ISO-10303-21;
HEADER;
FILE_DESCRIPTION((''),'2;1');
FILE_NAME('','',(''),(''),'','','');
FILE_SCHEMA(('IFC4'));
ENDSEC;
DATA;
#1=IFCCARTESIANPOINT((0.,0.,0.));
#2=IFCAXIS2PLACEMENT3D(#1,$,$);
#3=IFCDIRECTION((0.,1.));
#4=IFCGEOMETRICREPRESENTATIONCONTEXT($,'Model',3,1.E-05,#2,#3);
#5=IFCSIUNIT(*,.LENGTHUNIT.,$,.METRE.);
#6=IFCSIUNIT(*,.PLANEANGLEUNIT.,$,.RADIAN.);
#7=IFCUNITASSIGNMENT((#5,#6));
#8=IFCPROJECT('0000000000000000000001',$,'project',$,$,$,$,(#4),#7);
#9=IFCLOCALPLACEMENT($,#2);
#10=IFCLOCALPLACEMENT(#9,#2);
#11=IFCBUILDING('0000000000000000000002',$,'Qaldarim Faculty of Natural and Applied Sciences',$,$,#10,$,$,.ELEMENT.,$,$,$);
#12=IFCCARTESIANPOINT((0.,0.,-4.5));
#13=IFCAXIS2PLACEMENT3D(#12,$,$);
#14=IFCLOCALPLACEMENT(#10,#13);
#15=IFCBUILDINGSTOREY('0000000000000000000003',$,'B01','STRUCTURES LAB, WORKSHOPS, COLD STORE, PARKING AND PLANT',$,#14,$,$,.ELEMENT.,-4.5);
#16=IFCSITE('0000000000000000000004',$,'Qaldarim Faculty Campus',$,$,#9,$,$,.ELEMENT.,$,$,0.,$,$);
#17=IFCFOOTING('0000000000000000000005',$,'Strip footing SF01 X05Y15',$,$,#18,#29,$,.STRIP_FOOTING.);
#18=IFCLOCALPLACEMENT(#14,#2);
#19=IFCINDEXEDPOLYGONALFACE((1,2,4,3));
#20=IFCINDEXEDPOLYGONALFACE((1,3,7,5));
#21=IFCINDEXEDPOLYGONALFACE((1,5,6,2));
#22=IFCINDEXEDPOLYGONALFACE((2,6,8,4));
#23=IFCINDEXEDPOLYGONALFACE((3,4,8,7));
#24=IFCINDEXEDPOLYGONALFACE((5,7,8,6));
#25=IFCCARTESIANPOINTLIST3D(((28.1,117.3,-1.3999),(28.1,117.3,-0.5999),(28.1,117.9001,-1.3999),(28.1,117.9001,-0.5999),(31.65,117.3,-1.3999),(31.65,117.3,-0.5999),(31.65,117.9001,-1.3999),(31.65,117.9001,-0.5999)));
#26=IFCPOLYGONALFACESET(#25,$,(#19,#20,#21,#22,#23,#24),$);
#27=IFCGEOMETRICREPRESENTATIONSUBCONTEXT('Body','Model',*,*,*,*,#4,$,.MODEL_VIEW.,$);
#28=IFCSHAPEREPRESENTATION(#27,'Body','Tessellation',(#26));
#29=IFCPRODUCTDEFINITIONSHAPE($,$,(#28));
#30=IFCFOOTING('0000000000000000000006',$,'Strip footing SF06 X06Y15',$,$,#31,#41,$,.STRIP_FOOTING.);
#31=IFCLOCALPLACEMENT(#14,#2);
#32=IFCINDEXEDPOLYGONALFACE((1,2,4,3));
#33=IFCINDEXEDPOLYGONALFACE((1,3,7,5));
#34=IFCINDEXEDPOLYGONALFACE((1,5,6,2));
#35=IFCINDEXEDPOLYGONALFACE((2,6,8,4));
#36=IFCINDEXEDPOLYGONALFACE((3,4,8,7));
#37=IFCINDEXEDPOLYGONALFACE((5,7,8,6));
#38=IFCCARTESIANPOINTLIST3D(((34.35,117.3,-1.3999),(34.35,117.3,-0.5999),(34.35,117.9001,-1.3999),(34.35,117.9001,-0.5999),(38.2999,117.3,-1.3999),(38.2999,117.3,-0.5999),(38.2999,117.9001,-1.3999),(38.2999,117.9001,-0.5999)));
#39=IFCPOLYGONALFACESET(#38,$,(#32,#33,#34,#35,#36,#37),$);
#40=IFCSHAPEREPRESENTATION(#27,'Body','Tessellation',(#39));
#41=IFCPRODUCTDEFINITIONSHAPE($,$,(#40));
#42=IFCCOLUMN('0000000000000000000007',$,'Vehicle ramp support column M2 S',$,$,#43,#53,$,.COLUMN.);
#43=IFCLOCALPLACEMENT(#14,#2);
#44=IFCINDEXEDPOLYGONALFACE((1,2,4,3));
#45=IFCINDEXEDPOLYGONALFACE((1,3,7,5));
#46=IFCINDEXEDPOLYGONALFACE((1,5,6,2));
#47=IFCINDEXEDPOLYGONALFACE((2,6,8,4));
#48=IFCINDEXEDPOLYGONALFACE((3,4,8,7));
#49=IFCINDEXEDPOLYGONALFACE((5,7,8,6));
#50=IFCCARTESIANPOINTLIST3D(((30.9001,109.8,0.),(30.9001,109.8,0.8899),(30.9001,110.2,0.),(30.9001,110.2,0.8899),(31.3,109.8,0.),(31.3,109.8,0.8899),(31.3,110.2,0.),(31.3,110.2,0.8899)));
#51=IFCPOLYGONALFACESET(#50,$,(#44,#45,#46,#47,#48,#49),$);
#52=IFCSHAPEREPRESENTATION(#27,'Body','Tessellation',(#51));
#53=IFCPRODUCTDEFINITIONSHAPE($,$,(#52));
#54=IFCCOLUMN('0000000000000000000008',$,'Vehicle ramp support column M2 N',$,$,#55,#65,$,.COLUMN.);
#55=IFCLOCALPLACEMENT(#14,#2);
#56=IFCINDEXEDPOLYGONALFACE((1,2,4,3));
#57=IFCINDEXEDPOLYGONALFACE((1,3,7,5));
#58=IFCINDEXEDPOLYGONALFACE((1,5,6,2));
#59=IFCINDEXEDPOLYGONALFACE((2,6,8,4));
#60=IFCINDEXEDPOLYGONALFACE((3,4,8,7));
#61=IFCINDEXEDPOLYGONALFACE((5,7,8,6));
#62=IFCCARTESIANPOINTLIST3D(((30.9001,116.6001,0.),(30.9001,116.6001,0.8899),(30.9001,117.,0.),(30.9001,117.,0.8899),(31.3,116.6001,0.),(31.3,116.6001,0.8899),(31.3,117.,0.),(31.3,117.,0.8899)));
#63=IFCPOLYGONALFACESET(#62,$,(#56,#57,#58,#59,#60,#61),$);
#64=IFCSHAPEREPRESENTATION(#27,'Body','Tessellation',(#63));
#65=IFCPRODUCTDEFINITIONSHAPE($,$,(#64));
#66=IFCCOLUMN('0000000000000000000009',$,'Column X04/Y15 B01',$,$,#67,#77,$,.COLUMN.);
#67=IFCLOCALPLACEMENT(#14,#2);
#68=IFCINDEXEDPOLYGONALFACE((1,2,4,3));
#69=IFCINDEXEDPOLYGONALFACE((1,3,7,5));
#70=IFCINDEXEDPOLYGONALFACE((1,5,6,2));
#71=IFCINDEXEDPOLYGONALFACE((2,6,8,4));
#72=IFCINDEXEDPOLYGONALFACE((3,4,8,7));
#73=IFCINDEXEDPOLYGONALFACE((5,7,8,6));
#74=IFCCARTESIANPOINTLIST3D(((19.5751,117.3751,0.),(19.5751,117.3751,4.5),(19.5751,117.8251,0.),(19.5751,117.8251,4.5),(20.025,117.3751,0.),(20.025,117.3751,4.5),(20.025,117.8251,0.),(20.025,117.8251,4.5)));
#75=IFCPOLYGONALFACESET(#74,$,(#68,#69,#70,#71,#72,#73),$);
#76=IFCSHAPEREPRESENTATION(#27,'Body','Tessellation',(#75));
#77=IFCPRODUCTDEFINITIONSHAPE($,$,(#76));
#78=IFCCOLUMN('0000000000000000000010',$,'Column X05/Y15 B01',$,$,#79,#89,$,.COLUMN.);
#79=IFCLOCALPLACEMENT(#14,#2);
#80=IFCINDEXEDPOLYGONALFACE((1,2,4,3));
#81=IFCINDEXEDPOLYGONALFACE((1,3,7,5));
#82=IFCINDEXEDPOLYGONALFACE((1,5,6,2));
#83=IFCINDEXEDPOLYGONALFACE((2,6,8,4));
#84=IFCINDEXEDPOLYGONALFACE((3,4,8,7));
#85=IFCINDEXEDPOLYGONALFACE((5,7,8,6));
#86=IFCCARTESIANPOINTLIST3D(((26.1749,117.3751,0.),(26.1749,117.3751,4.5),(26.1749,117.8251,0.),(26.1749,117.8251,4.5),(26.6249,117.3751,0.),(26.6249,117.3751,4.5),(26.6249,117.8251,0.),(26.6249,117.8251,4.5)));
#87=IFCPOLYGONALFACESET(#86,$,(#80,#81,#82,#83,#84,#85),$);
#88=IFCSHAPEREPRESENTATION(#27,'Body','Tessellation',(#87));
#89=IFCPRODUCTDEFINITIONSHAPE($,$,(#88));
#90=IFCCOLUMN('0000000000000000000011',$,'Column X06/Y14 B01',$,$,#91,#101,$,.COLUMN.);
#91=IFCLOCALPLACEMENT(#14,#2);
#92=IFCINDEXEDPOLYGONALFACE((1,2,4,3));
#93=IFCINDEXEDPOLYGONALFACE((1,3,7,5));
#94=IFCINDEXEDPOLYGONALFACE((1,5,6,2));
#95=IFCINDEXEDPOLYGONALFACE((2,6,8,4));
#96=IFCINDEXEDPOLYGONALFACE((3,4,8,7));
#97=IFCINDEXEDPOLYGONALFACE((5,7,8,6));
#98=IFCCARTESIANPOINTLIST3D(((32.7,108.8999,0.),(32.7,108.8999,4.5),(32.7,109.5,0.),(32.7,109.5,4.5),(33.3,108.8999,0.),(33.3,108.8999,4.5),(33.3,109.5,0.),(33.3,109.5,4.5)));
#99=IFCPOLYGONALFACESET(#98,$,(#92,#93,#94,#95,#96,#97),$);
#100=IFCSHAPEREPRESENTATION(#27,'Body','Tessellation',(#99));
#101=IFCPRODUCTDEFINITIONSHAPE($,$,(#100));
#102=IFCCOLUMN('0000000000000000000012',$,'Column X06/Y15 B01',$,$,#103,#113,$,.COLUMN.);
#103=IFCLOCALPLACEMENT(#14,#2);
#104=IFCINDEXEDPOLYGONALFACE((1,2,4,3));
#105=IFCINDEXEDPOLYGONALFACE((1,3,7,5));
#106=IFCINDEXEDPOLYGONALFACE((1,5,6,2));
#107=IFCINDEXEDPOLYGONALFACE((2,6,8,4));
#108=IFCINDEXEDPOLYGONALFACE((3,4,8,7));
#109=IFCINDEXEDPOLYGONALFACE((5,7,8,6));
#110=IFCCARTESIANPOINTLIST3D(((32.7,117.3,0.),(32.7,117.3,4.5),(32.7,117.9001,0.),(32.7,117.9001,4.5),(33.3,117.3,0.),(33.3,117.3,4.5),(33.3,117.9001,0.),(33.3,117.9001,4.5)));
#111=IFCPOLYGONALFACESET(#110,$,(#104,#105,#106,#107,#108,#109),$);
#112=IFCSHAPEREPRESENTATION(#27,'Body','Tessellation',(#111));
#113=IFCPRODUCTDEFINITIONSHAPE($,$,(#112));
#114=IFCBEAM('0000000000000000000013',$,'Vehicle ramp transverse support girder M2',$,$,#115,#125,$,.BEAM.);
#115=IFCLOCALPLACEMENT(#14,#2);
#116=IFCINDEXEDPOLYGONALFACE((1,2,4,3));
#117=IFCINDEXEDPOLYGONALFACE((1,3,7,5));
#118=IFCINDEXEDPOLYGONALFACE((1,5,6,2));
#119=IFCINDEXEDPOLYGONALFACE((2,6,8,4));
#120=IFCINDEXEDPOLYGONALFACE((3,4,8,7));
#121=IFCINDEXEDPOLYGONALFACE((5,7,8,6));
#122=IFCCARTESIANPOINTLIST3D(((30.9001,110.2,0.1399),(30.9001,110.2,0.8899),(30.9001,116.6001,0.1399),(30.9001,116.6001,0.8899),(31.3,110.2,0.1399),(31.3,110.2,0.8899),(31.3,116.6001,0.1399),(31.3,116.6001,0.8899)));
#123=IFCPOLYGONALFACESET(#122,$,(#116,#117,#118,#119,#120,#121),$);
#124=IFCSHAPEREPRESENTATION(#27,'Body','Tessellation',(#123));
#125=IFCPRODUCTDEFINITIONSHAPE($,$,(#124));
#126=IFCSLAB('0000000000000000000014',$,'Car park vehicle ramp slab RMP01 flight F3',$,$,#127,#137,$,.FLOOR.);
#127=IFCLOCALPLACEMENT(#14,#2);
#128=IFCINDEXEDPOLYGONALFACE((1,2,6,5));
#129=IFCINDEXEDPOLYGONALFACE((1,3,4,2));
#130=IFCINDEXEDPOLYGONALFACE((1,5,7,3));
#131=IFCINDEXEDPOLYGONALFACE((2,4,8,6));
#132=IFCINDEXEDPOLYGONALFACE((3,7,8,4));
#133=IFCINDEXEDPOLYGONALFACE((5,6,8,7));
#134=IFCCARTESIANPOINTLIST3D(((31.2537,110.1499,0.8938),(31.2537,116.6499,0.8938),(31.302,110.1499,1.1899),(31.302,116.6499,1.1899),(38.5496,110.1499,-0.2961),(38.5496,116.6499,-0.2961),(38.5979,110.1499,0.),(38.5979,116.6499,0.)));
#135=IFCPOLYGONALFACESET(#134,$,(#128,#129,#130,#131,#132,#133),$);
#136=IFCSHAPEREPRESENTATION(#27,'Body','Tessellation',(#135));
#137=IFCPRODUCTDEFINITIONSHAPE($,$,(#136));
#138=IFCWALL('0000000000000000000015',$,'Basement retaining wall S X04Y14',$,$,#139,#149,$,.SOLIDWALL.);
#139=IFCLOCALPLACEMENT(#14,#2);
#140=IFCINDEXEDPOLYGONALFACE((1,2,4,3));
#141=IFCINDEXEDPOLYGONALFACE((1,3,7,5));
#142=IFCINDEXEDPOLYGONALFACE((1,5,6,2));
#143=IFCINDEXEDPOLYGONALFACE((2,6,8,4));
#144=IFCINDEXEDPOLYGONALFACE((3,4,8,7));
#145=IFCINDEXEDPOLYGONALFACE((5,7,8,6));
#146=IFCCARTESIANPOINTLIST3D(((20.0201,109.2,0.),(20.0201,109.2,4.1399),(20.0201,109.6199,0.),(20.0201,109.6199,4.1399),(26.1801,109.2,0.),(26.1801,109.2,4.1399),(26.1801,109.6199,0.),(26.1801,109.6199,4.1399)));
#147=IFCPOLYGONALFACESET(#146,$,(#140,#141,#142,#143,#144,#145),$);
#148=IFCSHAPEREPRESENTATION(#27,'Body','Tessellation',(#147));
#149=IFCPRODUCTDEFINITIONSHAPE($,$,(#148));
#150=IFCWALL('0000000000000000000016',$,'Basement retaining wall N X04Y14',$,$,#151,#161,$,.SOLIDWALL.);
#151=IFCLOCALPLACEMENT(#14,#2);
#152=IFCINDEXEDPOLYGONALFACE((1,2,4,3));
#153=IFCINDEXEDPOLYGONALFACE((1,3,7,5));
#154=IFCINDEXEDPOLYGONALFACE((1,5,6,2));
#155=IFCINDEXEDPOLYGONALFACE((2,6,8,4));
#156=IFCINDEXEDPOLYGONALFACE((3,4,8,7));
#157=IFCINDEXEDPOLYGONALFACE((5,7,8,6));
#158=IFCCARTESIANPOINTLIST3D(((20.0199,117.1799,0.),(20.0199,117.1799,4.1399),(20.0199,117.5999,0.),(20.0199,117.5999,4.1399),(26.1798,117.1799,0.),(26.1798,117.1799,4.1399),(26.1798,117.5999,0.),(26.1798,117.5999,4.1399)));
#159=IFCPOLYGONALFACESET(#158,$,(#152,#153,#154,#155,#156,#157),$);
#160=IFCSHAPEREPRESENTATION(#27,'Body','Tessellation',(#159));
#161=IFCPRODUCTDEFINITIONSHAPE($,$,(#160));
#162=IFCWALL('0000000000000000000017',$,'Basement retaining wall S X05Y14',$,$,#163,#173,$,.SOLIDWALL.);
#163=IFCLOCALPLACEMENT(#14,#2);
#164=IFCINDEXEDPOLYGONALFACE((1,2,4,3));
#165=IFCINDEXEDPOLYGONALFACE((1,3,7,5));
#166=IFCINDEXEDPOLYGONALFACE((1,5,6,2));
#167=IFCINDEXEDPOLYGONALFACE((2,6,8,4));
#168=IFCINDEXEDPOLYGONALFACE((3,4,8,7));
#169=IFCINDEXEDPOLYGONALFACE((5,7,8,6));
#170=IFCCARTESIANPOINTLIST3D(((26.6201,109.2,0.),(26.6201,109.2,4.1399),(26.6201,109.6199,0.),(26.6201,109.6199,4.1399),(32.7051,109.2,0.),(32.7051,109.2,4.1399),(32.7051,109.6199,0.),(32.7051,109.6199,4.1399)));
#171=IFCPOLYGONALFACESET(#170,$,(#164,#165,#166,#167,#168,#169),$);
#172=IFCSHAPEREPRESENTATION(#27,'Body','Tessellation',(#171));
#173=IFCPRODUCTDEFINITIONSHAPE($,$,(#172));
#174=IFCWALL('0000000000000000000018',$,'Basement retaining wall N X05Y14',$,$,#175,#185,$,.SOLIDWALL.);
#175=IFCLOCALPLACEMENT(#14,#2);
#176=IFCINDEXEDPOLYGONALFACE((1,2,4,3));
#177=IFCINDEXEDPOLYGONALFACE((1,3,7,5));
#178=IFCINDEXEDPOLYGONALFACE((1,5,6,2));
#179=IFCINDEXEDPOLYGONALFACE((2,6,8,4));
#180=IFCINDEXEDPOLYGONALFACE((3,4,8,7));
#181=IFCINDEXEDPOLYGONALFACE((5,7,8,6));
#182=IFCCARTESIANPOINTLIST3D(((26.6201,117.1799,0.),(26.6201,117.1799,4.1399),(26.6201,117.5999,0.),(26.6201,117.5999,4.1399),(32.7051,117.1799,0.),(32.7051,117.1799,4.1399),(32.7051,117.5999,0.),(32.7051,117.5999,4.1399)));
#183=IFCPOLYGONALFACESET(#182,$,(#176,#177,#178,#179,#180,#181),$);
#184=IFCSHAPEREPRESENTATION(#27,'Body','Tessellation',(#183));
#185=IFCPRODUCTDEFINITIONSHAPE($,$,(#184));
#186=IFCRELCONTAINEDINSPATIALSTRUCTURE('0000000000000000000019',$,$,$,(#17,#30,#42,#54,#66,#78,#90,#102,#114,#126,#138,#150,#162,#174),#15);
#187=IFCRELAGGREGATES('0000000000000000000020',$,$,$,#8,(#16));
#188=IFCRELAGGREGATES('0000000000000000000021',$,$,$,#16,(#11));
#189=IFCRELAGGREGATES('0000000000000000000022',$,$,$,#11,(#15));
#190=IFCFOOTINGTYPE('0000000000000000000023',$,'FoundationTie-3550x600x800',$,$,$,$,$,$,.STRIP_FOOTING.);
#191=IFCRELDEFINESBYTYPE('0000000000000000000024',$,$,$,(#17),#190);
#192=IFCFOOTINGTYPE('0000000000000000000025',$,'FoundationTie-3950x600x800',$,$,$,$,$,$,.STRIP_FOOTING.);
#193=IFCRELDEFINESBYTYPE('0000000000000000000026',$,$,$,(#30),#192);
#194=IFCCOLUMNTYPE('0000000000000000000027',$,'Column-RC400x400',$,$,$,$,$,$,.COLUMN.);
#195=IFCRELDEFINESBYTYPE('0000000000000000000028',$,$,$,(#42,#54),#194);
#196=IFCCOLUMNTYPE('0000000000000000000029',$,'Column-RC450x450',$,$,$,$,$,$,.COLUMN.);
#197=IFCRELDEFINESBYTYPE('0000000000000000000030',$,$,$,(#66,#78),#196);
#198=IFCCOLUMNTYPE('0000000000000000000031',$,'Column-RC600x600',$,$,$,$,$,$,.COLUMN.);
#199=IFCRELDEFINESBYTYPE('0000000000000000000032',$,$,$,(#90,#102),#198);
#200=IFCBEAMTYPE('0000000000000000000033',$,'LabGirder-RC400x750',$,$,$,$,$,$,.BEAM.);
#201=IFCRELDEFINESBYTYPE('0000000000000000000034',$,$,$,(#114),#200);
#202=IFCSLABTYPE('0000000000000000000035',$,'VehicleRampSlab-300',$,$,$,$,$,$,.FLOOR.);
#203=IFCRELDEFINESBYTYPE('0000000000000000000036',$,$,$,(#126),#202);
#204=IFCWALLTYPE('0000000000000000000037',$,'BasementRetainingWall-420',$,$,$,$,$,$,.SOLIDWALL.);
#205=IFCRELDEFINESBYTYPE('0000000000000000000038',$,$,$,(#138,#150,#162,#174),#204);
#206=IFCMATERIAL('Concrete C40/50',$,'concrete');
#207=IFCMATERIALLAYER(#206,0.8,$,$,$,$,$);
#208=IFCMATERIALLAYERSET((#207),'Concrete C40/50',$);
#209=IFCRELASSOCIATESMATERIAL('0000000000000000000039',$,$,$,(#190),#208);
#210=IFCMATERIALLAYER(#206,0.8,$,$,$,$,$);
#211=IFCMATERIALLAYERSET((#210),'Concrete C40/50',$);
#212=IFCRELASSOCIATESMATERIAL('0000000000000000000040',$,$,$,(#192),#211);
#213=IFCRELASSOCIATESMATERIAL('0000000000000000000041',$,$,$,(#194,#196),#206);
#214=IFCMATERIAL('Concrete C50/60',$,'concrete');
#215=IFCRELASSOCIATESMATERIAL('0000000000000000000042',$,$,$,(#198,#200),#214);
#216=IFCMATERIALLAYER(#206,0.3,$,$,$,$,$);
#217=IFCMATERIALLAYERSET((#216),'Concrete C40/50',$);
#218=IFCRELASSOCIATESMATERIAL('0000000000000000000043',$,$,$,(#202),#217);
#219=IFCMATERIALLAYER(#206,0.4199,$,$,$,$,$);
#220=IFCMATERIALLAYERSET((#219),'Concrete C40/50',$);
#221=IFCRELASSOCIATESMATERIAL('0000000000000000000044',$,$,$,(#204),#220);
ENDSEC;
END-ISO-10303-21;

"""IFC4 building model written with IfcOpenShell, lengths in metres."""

from ifc_helpers import new_model, si_unit, direction, frame, frame_2d, origin, origin_2d, place, context, subcontext, project, spatial, polyline, rectangle, outline, extrude, material, layer, layer_set, material_profile, profile_set, type_object, element, save


model = new_model("IFC4")

# Units and contexts
model_context = context("Model", 3, precision=1e-05, world=origin(), true_north=direction((0.0, 1.0)))
body_context = subcontext(model_context, "Body", "Model", "MODEL_VIEW")
ifc_project = project(units=[si_unit("LENGTHUNIT", "METRE"), si_unit("PLANEANGLEUNIT", "RADIAN")], contexts=[model_context])

# Site, building, storey
site_placement = place(None, origin())
site = spatial("IfcSite", under=ifc_project, at=site_placement, Name="Qaldarim Faculty Campus", CompositionType="ELEMENT", RefElevation=0.0)
building_placement = place(site_placement, origin())
building = spatial("IfcBuilding", under=site, at=building_placement, Name="Qaldarim Faculty of Natural and Applied Sciences", CompositionType="ELEMENT")
storey_placement = place(building_placement, frame((0.0, 0.0, -4.5)))
storey = spatial("IfcBuildingStorey", under=building, at=storey_placement, Name="B01", Description="STRUCTURES LAB, WORKSHOPS, COLD STORE, PARKING AND PLANT", CompositionType="ELEMENT", Elevation=-4.5)

# Shared definitions
ifc_material_1 = material(Name="Concrete C40/50", Category="concrete")

# Footings
ifc_layer_1 = layer(ifc_material_1, 0.8)
ifc_layer_set_1 = layer_set([ifc_layer_1], Name="Concrete C40/50")
footing_type_1 = type_object("IfcFootingType", Name="FoundationTie-3550x600x800", PredefinedType="STRIP_FOOTING", material=ifc_layer_set_1)
footing_1_placement = place(storey_placement, frame((29.875, 117.6001, -1.3999), z_axis=(0.0, 0.0, 1.0), x_axis=(1.0, 0.0, 0.0)))
element("IfcFooting", 1, at=footing_1_placement, inside=storey, type_object=footing_type_1, Name="Strip footing SF01 X05Y15", PredefinedType="STRIP_FOOTING", context=body_context, shape_type="SweptSolid", body=[
    extrude(rectangle(XDim=3.55, YDim=0.6001, at=origin_2d()), origin(), (0.0, 0.0, 1.0), 0.8),
])
ifc_layer_2 = layer(ifc_material_1, 0.8)
ifc_layer_set_2 = layer_set([ifc_layer_2], Name="Concrete C40/50")
footing_type_2 = type_object("IfcFootingType", Name="FoundationTie-3950x600x800", PredefinedType="STRIP_FOOTING", material=ifc_layer_set_2)
footing_2_placement = place(storey_placement, frame((36.325, 117.6001, -1.3999), z_axis=(0.0, 0.0, 1.0), x_axis=(1.0, 0.0, 0.0)))
element("IfcFooting", 2, at=footing_2_placement, inside=storey, type_object=footing_type_2, Name="Strip footing SF06 X06Y15", PredefinedType="STRIP_FOOTING", context=body_context, shape_type="SweptSolid", body=[
    extrude(rectangle(XDim=3.95, YDim=0.6001, at=origin_2d()), origin(), (0.0, 0.0, 1.0), 0.8),
])

# Columns
ifc_material_profile_1 = material_profile(ifc_material_1, rectangle(XDim=0.3999, YDim=0.3999, at=origin_2d()), Name="RC-C400x400")
ifc_profile_set_1 = profile_set([ifc_material_profile_1], Name="Concrete C40/50")
column_type_1 = type_object("IfcColumnType", Name="Column-RC400x400", PredefinedType="COLUMN", material=ifc_profile_set_1)
for number, where, z_axis, x_axis, name in (
    (3, (31.1001, 110.0, 0.0), (0.0, 0.0, 1.0), (1.0, 0.0, 0.0), "Vehicle ramp support column M2 S"),
    (4, (31.1001, 116.8, 0.0), (0.0, 0.0, 1.0), (1.0, 0.0, 0.0), "Vehicle ramp support column M2 N"),
):
    element("IfcColumn", number, at=place(storey_placement, frame(where, z_axis=z_axis, x_axis=x_axis)), inside=storey, type_object=column_type_1, Name=name, PredefinedType="COLUMN", context=body_context, shape_type="SweptSolid", body=[
        extrude(rectangle(XDim=0.3999, YDim=0.3999, at=origin_2d()), origin(), (0.0, 0.0, 1.0), 0.8899),
    ])
ifc_material_profile_2 = material_profile(ifc_material_1, rectangle(XDim=0.45, YDim=0.45, at=origin_2d()), Name="RC-C450x450")
ifc_profile_set_2 = profile_set([ifc_material_profile_2], Name="Concrete C40/50")
column_type_2 = type_object("IfcColumnType", Name="Column-RC450x450", PredefinedType="COLUMN", material=ifc_profile_set_2)
for number, where, z_axis, x_axis, name in (
    (5, (19.8, 117.6001, 0.0), (0.0, 0.0, 1.0), (1.0, 0.0, 0.0), "Column X04/Y15 B01"),
    (6, (26.3999, 117.6001, 0.0), (0.0, 0.0, 1.0), (1.0, 0.0, 0.0), "Column X05/Y15 B01"),
):
    element("IfcColumn", number, at=place(storey_placement, frame(where, z_axis=z_axis, x_axis=x_axis)), inside=storey, type_object=column_type_2, Name=name, PredefinedType="COLUMN", context=body_context, shape_type="SweptSolid", body=[
        extrude(rectangle(XDim=0.45, YDim=0.45, at=origin_2d()), origin(), (0.0, 0.0, 1.0), 4.5),
    ])
ifc_material_2 = material(Name="Concrete C50/60", Category="concrete")
ifc_material_profile_3 = material_profile(ifc_material_2, rectangle(XDim=0.6001, YDim=0.6001, at=origin_2d()), Name="RC-C600x600")
ifc_profile_set_3 = profile_set([ifc_material_profile_3], Name="Concrete C50/60")
column_type_3 = type_object("IfcColumnType", Name="Column-RC600x600", PredefinedType="COLUMN", material=ifc_profile_set_3)
for number, where, z_axis, x_axis, name in (
    (7, (33.0, 109.2, 0.0), (0.0, 0.0, 1.0), (1.0, 0.0, 0.0), "Column X06/Y14 B01"),
    (8, (33.0, 117.6001, 0.0), (0.0, 0.0, 1.0), (1.0, 0.0, 0.0), "Column X06/Y15 B01"),
):
    element("IfcColumn", number, at=place(storey_placement, frame(where, z_axis=z_axis, x_axis=x_axis)), inside=storey, type_object=column_type_3, Name=name, PredefinedType="COLUMN", context=body_context, shape_type="SweptSolid", body=[
        extrude(rectangle(XDim=0.6001, YDim=0.6001, at=origin_2d()), origin(), (0.0, 0.0, 1.0), 4.5),
    ])

# Beam
ifc_material_profile_4 = material_profile(ifc_material_2, rectangle(XDim=0.3999, YDim=0.75, at=origin_2d()), Name="RC-B400x750")
ifc_profile_set_4 = profile_set([ifc_material_profile_4], Name="Concrete C50/60")
beam_type = type_object("IfcBeamType", Name="LabGirder-RC400x750", PredefinedType="BEAM", material=ifc_profile_set_4)
beam_placement = place(storey_placement, frame((31.1001, 110.2, 0.5149), z_axis=(0.0, 1.0, 0.0), x_axis=(-1.0, 0.0, 0.0)))
element("IfcBeam", 9, at=beam_placement, inside=storey, type_object=beam_type, Name="Vehicle ramp transverse support girder M2", PredefinedType="BEAM", context=body_context, shape_type="SweptSolid", body=[
    extrude(rectangle(XDim=0.3999, YDim=0.75, at=origin_2d()), origin(), (0.0, 0.0, 1.0), 6.4001),
])

# Slab
ifc_layer_3 = layer(ifc_material_1, 0.3)
ifc_layer_set_3 = layer_set([ifc_layer_3], Name="Concrete C40/50")
slab_type = type_object("IfcSlabType", Name="VehicleRampSlab-300", PredefinedType="FLOOR", material=ifc_layer_set_3)
slab_placement = place(storey_placement, frame((31.2537, 110.1499, 0.8938), z_axis=(0.16097, 0.0, 0.986959), x_axis=(0.986959, 0.0, -0.16097)))
element("IfcSlab", 10, at=slab_placement, inside=storey, type_object=slab_type, Name="Car park vehicle ramp slab RMP01 flight F3", PredefinedType="FLOOR", context=body_context, shape_type="SweptSolid", body=[
    extrude(outline(polyline([(0.0, 0.0), (7.3923, 0.0), (7.3923, 6.5), (0.0, 6.5), (0.0, 0.0)])), origin(), (0.0, 0.0, 1.0), 0.3),
])

# Walls
ifc_layer_4 = layer(ifc_material_1, 0.4199)
ifc_layer_set_4 = layer_set([ifc_layer_4], Name="Concrete C40/50")
wall_type = type_object("IfcWallType", Name="BasementRetainingWall-420", PredefinedType="SOLIDWALL", material=ifc_layer_set_4)
for number, where, z_axis, x_axis, name in (
    (11, (20.02, 109.4099, 0.0), (0.0, 0.0, 1.0), (1.0, 0.0, 0.0), "Basement retaining wall S X04Y14"),
    (12, (26.1799, 117.3899, 0.0), (0.0, 0.0, 1.0), (-1.0, 0.0, 0.0), "Basement retaining wall N X04Y14"),
):
    element("IfcWall", number, at=place(storey_placement, frame(where, z_axis=z_axis, x_axis=x_axis)), inside=storey, type_object=wall_type, Name=name, PredefinedType="SOLIDWALL", context=body_context, shape_type="SweptSolid", body=[
        extrude(rectangle(XDim=6.1599, YDim=0.4199, at=frame_2d((3.0801, 0.0))), origin(), (0.0, 0.0, 1.0), 4.1399),
    ])
for number, where, z_axis, x_axis, name in (
    (13, (26.6201, 109.4099, 0.0), (0.0, 0.0, 1.0), (1.0, 0.0, 0.0), "Basement retaining wall S X05Y14"),
    (14, (32.7051, 117.3899, 0.0), (0.0, 0.0, 1.0), (-1.0, 0.0, 0.0), "Basement retaining wall N X05Y14"),
):
    element("IfcWall", number, at=place(storey_placement, frame(where, z_axis=z_axis, x_axis=x_axis)), inside=storey, type_object=wall_type, Name=name, PredefinedType="SOLIDWALL", context=body_context, shape_type="SweptSolid", body=[
        extrude(rectangle(XDim=6.085, YDim=0.4199, at=frame_2d((3.0425, 0.0))), origin(), (0.0, 0.0, 1.0), 4.1399),
    ])

save(model, "model.ifc")
